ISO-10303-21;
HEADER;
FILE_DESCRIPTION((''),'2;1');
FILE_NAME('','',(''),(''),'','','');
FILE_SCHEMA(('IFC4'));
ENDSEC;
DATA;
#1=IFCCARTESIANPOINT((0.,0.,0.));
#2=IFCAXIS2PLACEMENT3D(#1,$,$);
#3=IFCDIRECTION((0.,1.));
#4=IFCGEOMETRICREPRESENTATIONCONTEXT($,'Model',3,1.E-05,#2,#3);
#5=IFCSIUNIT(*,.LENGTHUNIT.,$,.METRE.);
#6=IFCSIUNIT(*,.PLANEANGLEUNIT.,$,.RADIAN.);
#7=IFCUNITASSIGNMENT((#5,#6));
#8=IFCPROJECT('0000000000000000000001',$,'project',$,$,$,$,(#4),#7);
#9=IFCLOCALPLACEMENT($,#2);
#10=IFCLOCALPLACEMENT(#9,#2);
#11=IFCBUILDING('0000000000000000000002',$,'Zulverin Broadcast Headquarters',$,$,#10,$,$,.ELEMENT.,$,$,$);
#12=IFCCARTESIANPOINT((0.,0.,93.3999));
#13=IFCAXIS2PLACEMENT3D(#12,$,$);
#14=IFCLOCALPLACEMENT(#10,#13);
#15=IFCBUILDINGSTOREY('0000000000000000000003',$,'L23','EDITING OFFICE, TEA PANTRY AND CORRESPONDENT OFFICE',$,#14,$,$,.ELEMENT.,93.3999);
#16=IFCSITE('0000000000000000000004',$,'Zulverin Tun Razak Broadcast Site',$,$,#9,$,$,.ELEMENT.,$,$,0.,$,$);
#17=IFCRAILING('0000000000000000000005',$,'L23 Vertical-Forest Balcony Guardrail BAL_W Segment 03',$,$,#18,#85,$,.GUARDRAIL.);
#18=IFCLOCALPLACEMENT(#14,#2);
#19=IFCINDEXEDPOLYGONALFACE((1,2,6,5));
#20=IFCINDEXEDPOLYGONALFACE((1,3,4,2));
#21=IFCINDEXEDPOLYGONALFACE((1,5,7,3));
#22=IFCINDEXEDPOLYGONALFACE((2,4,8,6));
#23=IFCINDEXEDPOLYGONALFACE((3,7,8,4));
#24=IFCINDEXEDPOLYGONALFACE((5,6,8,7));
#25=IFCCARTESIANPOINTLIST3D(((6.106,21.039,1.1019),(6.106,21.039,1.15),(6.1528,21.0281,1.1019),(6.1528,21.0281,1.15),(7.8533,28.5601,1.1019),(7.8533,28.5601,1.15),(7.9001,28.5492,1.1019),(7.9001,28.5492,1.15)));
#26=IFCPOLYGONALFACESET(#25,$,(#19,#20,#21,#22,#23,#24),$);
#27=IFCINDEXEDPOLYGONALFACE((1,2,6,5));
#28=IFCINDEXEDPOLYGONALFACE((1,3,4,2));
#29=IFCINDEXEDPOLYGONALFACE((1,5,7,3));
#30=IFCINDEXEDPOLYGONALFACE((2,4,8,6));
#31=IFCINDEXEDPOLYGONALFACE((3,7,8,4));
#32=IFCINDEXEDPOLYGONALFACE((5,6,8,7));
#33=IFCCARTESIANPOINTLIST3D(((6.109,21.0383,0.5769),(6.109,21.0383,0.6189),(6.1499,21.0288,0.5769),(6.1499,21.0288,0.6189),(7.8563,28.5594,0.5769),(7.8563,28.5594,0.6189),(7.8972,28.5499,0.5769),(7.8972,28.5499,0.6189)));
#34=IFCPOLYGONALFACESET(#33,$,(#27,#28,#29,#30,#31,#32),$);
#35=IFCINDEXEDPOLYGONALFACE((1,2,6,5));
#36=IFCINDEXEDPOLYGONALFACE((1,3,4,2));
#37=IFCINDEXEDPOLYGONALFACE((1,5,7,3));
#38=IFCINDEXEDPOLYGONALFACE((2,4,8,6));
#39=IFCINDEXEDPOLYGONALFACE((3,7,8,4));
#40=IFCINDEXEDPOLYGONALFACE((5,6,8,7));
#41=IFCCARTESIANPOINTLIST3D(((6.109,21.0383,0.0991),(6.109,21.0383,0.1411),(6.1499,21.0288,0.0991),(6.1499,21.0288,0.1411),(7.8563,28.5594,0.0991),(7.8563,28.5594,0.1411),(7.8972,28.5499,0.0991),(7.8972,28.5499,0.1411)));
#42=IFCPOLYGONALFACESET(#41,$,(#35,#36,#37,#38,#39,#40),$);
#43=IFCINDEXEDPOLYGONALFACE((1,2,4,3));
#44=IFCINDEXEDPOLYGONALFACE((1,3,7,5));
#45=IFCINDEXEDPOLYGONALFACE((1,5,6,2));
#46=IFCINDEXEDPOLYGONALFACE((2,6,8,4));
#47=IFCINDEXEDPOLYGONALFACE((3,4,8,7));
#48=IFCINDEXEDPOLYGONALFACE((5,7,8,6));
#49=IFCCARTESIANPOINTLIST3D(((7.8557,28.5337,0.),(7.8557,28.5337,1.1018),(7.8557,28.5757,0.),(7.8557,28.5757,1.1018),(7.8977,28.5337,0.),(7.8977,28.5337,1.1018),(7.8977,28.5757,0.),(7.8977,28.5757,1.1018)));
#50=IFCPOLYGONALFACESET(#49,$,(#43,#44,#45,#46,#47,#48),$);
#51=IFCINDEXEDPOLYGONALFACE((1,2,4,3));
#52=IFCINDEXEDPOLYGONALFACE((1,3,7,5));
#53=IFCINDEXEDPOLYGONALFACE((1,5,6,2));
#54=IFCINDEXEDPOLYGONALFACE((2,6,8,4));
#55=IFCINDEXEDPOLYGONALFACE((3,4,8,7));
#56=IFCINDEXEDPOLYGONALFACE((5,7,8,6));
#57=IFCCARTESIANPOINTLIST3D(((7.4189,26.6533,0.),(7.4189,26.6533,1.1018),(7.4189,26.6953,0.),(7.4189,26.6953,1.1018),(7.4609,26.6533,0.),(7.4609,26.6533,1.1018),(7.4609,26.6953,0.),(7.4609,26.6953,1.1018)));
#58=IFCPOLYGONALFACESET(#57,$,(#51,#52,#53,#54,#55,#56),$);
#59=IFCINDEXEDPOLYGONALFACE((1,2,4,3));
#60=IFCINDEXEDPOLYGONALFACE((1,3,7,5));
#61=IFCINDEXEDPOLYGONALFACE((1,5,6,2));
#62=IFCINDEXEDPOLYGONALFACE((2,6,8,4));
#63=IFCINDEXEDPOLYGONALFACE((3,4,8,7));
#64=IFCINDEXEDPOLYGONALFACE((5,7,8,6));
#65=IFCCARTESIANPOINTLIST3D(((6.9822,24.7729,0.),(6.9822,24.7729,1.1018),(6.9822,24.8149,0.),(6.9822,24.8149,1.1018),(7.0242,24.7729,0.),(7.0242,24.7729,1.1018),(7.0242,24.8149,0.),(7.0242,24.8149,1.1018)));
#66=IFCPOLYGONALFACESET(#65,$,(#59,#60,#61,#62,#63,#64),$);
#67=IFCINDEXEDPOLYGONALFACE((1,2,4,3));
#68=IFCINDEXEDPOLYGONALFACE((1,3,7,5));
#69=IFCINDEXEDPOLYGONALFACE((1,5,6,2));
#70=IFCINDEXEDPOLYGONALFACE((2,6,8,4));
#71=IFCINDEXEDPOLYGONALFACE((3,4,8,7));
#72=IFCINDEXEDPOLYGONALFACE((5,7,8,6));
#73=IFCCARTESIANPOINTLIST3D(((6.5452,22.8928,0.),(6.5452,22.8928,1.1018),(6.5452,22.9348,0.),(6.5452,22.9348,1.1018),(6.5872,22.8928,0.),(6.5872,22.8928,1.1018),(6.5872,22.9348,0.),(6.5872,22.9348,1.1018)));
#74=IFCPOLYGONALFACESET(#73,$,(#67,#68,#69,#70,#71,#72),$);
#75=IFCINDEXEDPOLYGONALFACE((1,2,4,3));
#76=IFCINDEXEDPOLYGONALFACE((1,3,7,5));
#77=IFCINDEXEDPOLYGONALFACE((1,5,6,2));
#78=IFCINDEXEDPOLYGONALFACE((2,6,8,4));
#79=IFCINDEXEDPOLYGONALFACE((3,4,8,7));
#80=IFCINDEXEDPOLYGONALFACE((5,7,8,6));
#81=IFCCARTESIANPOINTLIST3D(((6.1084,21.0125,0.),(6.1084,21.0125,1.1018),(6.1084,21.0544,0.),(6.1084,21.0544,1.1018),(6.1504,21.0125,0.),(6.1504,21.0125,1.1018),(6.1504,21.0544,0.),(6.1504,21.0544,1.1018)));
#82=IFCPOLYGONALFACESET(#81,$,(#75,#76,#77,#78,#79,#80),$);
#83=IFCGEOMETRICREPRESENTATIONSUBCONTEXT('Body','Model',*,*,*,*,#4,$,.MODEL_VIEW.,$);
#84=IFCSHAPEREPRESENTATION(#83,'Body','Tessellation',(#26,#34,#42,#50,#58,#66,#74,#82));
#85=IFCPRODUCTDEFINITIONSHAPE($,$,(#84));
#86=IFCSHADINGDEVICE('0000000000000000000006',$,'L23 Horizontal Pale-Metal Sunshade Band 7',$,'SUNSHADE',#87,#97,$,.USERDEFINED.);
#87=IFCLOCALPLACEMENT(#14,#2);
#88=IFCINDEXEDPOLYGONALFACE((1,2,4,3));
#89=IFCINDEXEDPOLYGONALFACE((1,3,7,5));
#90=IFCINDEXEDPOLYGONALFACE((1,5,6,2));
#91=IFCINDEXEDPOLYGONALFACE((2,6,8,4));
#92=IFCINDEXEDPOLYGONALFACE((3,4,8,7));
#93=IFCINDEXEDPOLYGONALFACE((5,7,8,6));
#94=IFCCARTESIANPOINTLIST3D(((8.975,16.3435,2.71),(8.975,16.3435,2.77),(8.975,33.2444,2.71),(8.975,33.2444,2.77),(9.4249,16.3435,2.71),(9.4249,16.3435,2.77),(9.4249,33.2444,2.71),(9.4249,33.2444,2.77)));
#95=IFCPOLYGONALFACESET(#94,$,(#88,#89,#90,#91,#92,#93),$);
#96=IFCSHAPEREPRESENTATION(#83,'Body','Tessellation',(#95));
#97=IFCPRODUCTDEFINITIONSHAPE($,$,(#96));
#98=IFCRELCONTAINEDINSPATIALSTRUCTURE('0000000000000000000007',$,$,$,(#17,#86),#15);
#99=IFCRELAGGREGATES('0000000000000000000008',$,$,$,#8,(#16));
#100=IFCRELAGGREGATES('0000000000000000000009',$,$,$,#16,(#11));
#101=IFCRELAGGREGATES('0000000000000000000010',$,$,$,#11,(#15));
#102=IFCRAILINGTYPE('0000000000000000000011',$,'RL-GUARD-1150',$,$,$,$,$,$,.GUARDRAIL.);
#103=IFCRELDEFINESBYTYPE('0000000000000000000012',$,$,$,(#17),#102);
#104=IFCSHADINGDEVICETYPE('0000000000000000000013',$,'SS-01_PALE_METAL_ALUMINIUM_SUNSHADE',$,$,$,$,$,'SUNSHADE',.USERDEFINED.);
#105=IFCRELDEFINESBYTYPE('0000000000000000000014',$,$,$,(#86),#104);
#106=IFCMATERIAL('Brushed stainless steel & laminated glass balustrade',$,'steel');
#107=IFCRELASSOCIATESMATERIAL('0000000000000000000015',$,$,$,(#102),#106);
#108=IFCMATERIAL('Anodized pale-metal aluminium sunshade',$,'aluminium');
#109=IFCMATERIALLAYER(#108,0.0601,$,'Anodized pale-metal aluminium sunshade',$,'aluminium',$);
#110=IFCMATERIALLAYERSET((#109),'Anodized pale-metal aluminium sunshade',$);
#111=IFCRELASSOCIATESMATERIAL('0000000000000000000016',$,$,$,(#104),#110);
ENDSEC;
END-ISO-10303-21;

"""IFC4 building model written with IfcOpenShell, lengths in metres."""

from ifc_helpers import new_model, si_unit, direction, frame, origin, origin_2d, place, context, subcontext, project, spatial, rectangle, extrude, material, layer, layer_set, type_object, element, save


model = new_model("IFC4")

# Units and contexts
model_context = context("Model", 3, precision=1e-05, world=origin(), true_north=direction((0.0, 1.0)))
body_context = subcontext(model_context, "Body", "Model", "MODEL_VIEW")
ifc_project = project(units=[si_unit("LENGTHUNIT", "METRE"), si_unit("PLANEANGLEUNIT", "RADIAN")], contexts=[model_context])

# Site, building, storey
site_placement = place(None, origin())
site = spatial("IfcSite", under=ifc_project, at=site_placement, Name="Zulverin Tun Razak Broadcast Site", CompositionType="ELEMENT", RefElevation=0.0)
building_placement = place(site_placement, origin())
building = spatial("IfcBuilding", under=site, at=building_placement, Name="Zulverin Broadcast Headquarters", CompositionType="ELEMENT")
storey_placement = place(building_placement, frame((0.0, 0.0, 93.3999)))
storey = spatial("IfcBuildingStorey", under=building, at=storey_placement, Name="L23", Description="EDITING OFFICE, TEA PANTRY AND CORRESPONDENT OFFICE", CompositionType="ELEMENT", Elevation=93.3999)

# Railing
ifc_material_1 = material(Name="Brushed stainless steel & laminated glass balustrade", Category="steel")
railing_type = type_object("IfcRailingType", Name="RL-GUARD-1150", PredefinedType="GUARDRAIL", material=ifc_material_1)
railing_placement = place(storey_placement, frame((7.8767, 28.5547, 0.0)))
element("IfcRailing", 1, at=railing_placement, inside=storey, type_object=railing_type, Name="L23 Vertical-Forest Balcony Guardrail BAL_W Segment 03", PredefinedType="GUARDRAIL", context=body_context, shape_type="SweptSolid", body=[
    extrude(rectangle(XDim=0.0481, YDim=0.0481, at=origin_2d()), frame((0.0, 0.0, 1.126), z_axis=(-0.226291, -0.97406, 0.0), x_axis=(0.97406, -0.226291, 0.0)), (0.0, 0.0, 1.0), 7.7214),
    extrude(rectangle(XDim=0.042, YDim=0.042, at=origin_2d()), frame((0.0, 0.0, 0.5979), z_axis=(-0.226291, -0.97406, 0.0), x_axis=(0.97406, -0.226291, 0.0)), (0.0, 0.0, 1.0), 7.7214),
    extrude(rectangle(XDim=0.042, YDim=0.042, at=origin_2d()), frame((0.0, 0.0, 0.1201), z_axis=(-0.226291, -0.97406, 0.0), x_axis=(0.97406, -0.226291, 0.0)), (0.0, 0.0, 1.0), 7.7214),
    extrude(rectangle(XDim=0.042, YDim=0.042, at=origin_2d()), origin(), (0.0, 0.0, 1.0), 1.1018),
    extrude(rectangle(XDim=0.042, YDim=0.042, at=origin_2d()), frame((-0.4368, -1.8804, 0.0)), (0.0, 0.0, 1.0), 1.1018),
    extrude(rectangle(XDim=0.042, YDim=0.042, at=origin_2d()), frame((-0.8735, -3.7607, 0.0)), (0.0, 0.0, 1.0), 1.1018),
    extrude(rectangle(XDim=0.042, YDim=0.042, at=origin_2d()), frame((-1.3105, -5.6409, 0.0)), (0.0, 0.0, 1.0), 1.1018),
    extrude(rectangle(XDim=0.042, YDim=0.042, at=origin_2d()), frame((-1.7473, -7.5212, 0.0)), (0.0, 0.0, 1.0), 1.1018),
])

# Shading device
ifc_material_2 = material(Name="Anodized pale-metal aluminium sunshade", Category="aluminium")
ifc_layer_1 = layer(ifc_material_2, 0.0601, Name="Anodized pale-metal aluminium sunshade", Category="aluminium")
ifc_layer_set_1 = layer_set([ifc_layer_1], Name="Anodized pale-metal aluminium sunshade")
shading_device_type = type_object("IfcShadingDeviceType", Name="SS-01_PALE_METAL_ALUMINIUM_SUNSHADE", ElementType="SUNSHADE", PredefinedType="USERDEFINED", material=ifc_layer_set_1)
shading_device_placement = place(storey_placement, frame((9.2, 24.7939, 2.71), z_axis=(0.0, 0.0, 1.0), x_axis=(0.0, -1.0, 0.0)))
element("IfcShadingDevice", 2, at=shading_device_placement, inside=storey, type_object=shading_device_type, Name="L23 Horizontal Pale-Metal Sunshade Band 7", ObjectType="SUNSHADE", PredefinedType="USERDEFINED", context=body_context, shape_type="SweptSolid", body=[
    extrude(rectangle(XDim=16.9009, YDim=0.45, at=origin_2d()), origin(), (0.0, 0.0, 1.0), 0.0601),
])

save(model, "model.ifc")
